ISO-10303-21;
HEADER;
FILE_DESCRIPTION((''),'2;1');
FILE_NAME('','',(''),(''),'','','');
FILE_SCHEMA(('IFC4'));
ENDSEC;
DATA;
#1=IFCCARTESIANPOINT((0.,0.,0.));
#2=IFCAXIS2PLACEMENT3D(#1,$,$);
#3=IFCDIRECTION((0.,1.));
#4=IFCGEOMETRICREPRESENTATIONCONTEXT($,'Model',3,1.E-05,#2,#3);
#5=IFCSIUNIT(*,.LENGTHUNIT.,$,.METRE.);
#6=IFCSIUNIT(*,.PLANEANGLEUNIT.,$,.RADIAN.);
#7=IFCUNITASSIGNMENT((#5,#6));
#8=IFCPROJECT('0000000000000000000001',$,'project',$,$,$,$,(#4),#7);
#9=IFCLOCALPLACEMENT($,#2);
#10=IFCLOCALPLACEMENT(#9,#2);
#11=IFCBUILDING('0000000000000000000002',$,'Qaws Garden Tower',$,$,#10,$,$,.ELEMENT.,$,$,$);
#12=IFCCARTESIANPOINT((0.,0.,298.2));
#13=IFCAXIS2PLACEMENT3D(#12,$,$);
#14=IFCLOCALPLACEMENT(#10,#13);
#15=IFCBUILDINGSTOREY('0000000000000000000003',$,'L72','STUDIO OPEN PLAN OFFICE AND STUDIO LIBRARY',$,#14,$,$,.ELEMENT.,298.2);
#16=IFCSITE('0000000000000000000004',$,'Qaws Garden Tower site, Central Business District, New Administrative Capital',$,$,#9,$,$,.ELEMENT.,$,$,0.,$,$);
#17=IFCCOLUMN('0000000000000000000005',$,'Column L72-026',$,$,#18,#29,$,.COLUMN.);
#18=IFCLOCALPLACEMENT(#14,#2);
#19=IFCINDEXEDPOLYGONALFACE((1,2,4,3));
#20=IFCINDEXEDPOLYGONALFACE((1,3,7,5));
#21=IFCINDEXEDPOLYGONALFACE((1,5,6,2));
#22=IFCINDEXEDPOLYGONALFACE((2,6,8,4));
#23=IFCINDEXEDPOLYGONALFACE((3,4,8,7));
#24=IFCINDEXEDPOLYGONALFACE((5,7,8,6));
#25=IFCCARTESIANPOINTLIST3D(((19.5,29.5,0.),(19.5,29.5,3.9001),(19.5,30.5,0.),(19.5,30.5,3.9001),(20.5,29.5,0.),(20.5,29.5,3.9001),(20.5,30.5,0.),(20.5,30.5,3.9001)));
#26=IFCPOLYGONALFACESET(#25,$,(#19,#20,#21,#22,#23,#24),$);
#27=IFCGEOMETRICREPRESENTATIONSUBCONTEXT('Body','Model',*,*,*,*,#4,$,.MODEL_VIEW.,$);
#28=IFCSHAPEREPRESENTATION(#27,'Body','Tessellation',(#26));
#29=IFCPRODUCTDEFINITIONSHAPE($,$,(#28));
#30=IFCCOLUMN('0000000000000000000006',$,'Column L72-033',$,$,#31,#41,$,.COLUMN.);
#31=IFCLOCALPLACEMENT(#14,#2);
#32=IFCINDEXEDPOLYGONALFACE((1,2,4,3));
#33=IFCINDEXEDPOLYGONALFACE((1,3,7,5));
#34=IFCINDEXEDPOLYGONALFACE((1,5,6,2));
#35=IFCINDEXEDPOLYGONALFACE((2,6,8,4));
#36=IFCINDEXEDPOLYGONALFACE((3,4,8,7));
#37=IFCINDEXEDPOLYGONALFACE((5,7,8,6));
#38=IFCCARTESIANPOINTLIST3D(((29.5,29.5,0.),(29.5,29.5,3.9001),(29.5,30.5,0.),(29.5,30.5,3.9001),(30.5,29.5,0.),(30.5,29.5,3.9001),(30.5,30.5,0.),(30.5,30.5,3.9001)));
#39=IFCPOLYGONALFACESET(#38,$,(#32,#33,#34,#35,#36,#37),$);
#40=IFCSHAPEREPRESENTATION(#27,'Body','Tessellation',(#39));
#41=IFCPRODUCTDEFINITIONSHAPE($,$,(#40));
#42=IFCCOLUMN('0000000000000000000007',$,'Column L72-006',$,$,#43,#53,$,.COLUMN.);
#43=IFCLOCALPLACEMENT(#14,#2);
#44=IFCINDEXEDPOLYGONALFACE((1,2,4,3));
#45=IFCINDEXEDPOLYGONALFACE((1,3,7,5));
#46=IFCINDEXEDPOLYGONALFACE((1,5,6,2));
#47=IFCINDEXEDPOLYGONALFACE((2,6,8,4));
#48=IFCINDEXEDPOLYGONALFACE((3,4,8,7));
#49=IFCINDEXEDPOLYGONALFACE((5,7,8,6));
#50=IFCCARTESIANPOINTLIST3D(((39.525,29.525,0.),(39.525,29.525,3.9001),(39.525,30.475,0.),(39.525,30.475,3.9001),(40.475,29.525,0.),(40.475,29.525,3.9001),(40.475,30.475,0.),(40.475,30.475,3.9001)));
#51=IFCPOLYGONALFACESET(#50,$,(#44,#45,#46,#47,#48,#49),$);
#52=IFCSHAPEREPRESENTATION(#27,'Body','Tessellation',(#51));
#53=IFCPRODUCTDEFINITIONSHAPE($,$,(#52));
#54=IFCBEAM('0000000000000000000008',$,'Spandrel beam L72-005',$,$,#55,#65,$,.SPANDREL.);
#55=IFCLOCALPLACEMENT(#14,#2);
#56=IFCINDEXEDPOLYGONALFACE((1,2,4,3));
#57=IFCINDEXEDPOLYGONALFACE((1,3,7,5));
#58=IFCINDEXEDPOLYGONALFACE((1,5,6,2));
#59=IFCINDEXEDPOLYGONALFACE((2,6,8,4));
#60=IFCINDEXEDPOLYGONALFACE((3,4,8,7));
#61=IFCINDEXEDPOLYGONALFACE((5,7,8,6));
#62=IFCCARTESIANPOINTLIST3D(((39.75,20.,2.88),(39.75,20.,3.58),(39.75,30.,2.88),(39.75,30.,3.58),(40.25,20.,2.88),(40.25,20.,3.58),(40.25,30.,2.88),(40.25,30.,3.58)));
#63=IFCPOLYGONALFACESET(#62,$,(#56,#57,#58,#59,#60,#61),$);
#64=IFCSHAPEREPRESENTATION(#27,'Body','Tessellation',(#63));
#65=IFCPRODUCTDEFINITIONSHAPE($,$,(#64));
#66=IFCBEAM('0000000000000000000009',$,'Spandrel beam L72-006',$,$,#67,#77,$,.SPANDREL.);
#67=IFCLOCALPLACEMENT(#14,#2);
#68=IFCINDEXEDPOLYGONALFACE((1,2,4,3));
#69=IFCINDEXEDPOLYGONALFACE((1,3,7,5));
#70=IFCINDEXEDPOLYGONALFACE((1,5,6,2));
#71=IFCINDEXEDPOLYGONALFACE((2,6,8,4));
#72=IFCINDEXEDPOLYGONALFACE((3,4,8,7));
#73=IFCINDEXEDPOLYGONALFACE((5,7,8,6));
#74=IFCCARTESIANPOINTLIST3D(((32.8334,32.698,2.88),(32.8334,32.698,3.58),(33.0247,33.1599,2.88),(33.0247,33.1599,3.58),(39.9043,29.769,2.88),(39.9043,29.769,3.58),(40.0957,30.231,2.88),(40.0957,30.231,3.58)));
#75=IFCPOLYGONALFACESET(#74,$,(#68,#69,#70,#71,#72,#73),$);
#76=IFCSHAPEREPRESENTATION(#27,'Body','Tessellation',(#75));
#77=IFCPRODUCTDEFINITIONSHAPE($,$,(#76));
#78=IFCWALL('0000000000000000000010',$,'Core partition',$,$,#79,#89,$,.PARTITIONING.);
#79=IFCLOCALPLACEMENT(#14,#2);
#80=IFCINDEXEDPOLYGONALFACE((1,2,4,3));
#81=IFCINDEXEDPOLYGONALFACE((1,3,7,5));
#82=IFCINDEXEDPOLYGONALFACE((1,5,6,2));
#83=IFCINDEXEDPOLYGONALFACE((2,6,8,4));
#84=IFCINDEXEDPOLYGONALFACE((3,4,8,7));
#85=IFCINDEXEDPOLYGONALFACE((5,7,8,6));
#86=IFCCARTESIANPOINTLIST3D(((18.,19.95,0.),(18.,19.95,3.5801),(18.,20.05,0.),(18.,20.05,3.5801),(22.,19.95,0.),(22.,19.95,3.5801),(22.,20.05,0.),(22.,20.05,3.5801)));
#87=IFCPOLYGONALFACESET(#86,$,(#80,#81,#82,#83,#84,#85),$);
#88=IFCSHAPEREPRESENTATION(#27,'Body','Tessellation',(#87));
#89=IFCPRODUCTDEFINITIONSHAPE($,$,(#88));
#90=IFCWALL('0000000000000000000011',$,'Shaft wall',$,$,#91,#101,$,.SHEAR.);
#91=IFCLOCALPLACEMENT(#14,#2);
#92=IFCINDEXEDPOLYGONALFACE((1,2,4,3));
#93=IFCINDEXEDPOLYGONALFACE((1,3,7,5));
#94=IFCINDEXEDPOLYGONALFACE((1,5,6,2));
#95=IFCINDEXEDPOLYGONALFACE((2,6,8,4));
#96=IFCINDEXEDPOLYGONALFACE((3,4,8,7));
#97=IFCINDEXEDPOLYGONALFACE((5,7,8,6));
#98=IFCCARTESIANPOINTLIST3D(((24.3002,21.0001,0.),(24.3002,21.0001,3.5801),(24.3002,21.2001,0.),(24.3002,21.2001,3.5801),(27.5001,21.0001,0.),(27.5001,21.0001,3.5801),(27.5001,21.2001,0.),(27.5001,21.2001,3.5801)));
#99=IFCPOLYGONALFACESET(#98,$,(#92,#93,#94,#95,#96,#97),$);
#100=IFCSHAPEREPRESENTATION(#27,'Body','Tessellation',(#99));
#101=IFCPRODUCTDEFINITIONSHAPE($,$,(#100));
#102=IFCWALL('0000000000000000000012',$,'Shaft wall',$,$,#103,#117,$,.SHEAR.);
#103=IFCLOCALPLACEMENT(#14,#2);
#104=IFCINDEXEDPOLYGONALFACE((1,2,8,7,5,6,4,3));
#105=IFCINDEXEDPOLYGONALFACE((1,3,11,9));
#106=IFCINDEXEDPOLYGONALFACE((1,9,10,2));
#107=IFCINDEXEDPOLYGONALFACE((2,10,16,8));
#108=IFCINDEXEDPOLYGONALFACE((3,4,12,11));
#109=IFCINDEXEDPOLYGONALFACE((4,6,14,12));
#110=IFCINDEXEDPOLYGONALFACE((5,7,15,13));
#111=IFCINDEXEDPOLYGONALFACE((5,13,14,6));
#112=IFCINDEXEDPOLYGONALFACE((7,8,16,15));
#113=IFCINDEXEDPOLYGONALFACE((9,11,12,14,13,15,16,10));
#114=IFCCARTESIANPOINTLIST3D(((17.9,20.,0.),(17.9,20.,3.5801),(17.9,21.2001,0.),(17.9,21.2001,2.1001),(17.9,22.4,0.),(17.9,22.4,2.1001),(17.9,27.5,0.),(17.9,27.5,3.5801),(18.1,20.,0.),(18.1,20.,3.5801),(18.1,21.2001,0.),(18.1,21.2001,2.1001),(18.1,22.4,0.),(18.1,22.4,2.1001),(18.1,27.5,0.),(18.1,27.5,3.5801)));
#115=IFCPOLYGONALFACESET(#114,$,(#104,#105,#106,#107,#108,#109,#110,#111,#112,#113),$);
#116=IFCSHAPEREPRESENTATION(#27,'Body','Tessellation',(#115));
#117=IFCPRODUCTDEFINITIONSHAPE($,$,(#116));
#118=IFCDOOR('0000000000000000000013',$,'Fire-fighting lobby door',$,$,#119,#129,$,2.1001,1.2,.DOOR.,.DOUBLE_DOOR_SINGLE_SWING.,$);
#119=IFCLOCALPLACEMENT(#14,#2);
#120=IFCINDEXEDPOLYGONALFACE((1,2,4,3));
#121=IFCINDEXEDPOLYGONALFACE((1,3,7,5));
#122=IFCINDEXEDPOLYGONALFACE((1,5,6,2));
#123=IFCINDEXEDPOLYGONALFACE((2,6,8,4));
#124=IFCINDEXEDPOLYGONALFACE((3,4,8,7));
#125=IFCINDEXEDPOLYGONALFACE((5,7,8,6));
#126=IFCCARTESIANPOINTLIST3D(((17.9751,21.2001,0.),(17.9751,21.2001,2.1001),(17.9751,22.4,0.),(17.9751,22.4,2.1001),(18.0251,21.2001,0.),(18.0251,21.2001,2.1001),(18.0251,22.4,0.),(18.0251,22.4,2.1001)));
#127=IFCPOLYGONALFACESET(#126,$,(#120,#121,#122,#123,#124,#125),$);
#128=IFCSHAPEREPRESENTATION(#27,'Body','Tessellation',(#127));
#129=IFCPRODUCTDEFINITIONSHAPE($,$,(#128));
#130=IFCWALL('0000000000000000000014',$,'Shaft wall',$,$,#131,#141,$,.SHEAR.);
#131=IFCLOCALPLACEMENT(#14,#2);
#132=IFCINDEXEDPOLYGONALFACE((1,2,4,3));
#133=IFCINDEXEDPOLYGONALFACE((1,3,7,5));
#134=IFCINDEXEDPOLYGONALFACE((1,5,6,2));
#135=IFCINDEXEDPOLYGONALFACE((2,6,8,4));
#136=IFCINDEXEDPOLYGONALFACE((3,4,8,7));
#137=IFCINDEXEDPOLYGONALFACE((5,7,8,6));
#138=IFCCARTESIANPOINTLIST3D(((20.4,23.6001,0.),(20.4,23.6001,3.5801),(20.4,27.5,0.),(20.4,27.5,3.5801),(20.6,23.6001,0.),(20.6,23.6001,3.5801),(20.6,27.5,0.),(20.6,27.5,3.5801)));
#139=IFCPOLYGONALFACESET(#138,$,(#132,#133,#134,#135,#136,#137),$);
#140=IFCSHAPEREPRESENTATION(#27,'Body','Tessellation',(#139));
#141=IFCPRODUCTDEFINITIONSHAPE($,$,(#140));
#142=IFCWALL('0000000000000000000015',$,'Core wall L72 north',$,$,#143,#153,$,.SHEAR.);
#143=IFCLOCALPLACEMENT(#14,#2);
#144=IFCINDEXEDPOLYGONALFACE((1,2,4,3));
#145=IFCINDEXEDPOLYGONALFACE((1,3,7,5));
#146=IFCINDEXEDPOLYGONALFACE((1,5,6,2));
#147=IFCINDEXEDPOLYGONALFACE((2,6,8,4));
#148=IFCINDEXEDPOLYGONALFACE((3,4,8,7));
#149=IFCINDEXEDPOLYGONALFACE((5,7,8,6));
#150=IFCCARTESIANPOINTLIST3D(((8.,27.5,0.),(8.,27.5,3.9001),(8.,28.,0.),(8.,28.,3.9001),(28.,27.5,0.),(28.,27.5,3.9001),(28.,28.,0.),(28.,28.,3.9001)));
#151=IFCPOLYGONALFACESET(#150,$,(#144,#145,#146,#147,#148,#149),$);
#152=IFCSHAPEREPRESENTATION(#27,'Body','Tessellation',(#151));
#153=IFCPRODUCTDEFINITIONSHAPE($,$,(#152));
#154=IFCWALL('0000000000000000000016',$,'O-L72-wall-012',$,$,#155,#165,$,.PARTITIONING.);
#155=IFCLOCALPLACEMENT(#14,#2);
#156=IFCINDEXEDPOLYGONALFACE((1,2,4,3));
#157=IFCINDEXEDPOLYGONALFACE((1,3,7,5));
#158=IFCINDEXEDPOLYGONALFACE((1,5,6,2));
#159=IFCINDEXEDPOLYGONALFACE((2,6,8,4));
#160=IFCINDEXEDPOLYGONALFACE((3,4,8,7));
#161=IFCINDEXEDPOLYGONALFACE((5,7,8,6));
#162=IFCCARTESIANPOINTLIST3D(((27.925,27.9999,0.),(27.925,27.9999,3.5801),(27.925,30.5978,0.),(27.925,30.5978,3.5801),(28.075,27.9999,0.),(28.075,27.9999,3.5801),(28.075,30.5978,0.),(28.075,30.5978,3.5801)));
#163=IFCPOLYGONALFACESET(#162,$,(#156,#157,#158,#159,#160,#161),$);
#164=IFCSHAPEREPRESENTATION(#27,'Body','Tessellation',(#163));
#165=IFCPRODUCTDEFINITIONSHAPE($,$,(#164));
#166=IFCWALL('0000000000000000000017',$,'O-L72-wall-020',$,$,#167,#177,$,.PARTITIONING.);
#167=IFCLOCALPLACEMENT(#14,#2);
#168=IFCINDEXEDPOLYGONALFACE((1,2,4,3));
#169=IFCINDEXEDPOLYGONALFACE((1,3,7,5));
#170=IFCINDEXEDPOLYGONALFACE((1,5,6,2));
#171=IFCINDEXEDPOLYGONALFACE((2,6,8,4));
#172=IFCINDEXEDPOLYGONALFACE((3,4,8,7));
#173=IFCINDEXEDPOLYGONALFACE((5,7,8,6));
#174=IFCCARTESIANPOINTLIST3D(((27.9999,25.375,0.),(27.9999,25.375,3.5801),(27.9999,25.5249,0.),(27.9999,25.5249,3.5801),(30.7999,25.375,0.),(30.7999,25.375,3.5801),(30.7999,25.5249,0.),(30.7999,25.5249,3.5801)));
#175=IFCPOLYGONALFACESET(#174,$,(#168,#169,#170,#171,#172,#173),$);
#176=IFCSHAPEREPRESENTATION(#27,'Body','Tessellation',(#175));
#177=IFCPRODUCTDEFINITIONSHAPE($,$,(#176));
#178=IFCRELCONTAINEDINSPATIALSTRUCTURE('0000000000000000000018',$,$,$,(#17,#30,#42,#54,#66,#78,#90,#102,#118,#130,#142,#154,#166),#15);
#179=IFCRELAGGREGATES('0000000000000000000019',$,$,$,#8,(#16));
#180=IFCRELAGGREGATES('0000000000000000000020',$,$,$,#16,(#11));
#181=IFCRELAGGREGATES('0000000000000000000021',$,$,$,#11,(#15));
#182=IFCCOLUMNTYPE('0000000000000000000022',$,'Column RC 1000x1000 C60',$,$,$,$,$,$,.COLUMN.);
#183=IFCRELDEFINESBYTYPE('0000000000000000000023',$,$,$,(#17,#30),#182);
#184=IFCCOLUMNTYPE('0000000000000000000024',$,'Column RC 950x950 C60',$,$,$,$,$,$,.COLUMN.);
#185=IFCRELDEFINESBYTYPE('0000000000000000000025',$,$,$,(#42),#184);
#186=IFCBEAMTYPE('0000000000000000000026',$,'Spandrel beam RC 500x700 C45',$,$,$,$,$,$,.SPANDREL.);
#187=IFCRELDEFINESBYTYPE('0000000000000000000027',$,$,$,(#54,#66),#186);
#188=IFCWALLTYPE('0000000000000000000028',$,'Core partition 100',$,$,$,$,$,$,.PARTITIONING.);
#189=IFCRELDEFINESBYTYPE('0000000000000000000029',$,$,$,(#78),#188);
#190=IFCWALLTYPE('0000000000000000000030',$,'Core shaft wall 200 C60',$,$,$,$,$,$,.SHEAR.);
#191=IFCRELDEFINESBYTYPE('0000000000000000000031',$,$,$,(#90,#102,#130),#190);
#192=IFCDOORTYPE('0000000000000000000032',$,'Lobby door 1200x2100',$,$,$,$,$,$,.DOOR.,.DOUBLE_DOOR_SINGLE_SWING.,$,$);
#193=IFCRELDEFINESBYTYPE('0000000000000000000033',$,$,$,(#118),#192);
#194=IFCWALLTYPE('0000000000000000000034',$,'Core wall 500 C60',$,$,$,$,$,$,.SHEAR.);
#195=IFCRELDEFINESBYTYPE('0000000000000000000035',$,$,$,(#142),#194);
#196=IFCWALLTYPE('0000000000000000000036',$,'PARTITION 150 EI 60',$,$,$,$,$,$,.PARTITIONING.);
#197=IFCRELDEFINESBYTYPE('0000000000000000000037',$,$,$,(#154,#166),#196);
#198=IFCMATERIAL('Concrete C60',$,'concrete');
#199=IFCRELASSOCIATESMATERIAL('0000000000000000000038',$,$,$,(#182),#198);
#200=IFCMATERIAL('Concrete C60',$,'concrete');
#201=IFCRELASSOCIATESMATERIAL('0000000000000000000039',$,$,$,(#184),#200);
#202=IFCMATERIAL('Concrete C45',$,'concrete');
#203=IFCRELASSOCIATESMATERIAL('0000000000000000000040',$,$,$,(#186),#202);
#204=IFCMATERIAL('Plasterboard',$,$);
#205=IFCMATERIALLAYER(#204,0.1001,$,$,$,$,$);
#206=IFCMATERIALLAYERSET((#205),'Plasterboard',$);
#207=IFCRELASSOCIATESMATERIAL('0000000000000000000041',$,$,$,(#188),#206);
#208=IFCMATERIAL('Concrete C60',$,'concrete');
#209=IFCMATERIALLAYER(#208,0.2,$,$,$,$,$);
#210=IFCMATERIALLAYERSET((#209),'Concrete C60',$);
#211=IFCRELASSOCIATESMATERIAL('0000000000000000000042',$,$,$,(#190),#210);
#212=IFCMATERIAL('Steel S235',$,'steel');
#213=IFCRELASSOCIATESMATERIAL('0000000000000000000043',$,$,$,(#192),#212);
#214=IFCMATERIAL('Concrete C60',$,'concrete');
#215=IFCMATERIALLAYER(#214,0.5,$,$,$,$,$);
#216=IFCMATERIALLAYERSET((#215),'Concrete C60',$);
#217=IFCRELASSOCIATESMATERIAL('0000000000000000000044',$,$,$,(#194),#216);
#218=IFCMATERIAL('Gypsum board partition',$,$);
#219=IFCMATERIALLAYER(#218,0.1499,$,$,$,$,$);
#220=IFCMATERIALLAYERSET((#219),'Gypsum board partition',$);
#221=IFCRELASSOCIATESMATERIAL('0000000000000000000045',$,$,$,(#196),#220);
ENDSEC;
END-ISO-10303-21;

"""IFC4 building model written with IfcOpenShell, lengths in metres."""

from ifc_helpers import new_model, si_unit, direction, frame, frame_2d, origin, origin_2d, place, context, subcontext, project, spatial, rectangle, extrude, material, layer, layer_set, material_profile, profile_set, type_object, element, fill, save


model = new_model("IFC4")

# Units and contexts
model_context = context("Model", 3, precision=1e-05, world=origin(), true_north=direction((0.0, 1.0)))
body_context = subcontext(model_context, "Body", "Model", "MODEL_VIEW")
ifc_project = project(units=[si_unit("LENGTHUNIT", "METRE"), si_unit("PLANEANGLEUNIT", "RADIAN")], contexts=[model_context])

# Site, building, storey
site_placement = place(None, origin())
site = spatial("IfcSite", under=ifc_project, at=site_placement, Name="Qaws Garden Tower site, Central Business District, New Administrative Capital", CompositionType="ELEMENT", RefElevation=0.0)
building_placement = place(site_placement, origin())
building = spatial("IfcBuilding", under=site, at=building_placement, Name="Qaws Garden Tower", CompositionType="ELEMENT")
storey_placement = place(building_placement, frame((0.0, 0.0, 298.2)))
storey = spatial("IfcBuildingStorey", under=building, at=storey_placement, Name="L72", Description="STUDIO OPEN PLAN OFFICE AND STUDIO LIBRARY", CompositionType="ELEMENT", Elevation=298.2)

# Columns
ifc_material_1 = material(Name="Concrete C60", Category="concrete")
ifc_material_profile_1 = material_profile(ifc_material_1, rectangle(XDim=1.0, YDim=1.0, at=origin_2d()), Name="RC 1000x1000")
ifc_profile_set_1 = profile_set([ifc_material_profile_1], Name="Concrete C60")
column_type_1 = type_object("IfcColumnType", Name="Column RC 1000x1000 C60", PredefinedType="COLUMN", material=ifc_profile_set_1)
for number, where, z_axis, x_axis, name in (
    (1, (20.0, 30.0, 0.0), (0.0, 0.0, 1.0), (1.0, 0.0, 0.0), "Column L72-026"),
    (2, (30.0, 30.0, 0.0), (0.0, 0.0, 1.0), (1.0, 0.0, 0.0), "Column L72-033"),
):
    element("IfcColumn", number, at=place(storey_placement, frame(where, z_axis=z_axis, x_axis=x_axis)), inside=storey, type_object=column_type_1, Name=name, PredefinedType="COLUMN", context=body_context, shape_type="SweptSolid", body=[
        extrude(rectangle(XDim=1.0, YDim=1.0, at=origin_2d()), origin(), (0.0, 0.0, 1.0), 3.9001),
    ])
ifc_material_2 = material(Name="Concrete C60", Category="concrete")
ifc_material_profile_2 = material_profile(ifc_material_2, rectangle(XDim=0.95, YDim=0.95, at=origin_2d()), Name="RC 950x950")
ifc_profile_set_2 = profile_set([ifc_material_profile_2], Name="Concrete C60")
column_type_2 = type_object("IfcColumnType", Name="Column RC 950x950 C60", PredefinedType="COLUMN", material=ifc_profile_set_2)
column_placement = place(storey_placement, frame((40.0, 30.0, 0.0), z_axis=(0.0, 0.0, 1.0), x_axis=(1.0, 0.0, 0.0)))
element("IfcColumn", 3, at=column_placement, inside=storey, type_object=column_type_2, Name="Column L72-006", PredefinedType="COLUMN", context=body_context, shape_type="SweptSolid", body=[
    extrude(rectangle(XDim=0.95, YDim=0.95, at=origin_2d()), origin(), (0.0, 0.0, 1.0), 3.9001),
])

# Beams
ifc_material_3 = material(Name="Concrete C45", Category="concrete")
ifc_material_profile_3 = material_profile(ifc_material_3, rectangle(XDim=0.5, YDim=0.7, at=origin_2d()), Name="RC 500x700")
ifc_profile_set_3 = profile_set([ifc_material_profile_3], Name="Concrete C45")
beam_type = type_object("IfcBeamType", Name="Spandrel beam RC 500x700 C45", PredefinedType="SPANDREL", material=ifc_profile_set_3)
beam_1_placement = place(storey_placement, frame((40.0, 20.0, 3.23), z_axis=(0.0, 1.0, 0.0), x_axis=(-1.0, 0.0, 0.0)))
element("IfcBeam", 4, at=beam_1_placement, inside=storey, type_object=beam_type, Name="Spandrel beam L72-005", PredefinedType="SPANDREL", context=body_context, shape_type="SweptSolid", body=[
    extrude(rectangle(XDim=0.5, YDim=0.7, at=origin_2d()), origin(), (0.0, 0.0, 1.0), 10.0),
])
beam_2_placement = place(storey_placement, frame((40.0, 30.0, 3.23), z_axis=(-0.923878, 0.382687, 0.0), x_axis=(-0.382687, -0.923878, 0.0)))
element("IfcBeam", 5, at=beam_2_placement, inside=storey, type_object=beam_type, Name="Spandrel beam L72-006", PredefinedType="SPANDREL", context=body_context, shape_type="SweptSolid", body=[
    extrude(rectangle(XDim=0.5, YDim=0.7, at=origin_2d()), origin(), (0.0, 0.0, 1.0), 7.6536),
])

# Walls
ifc_material_4 = material(Name="Plasterboard")
ifc_layer_1 = layer(ifc_material_4, 0.1001)
ifc_layer_set_1 = layer_set([ifc_layer_1], Name="Plasterboard")
wall_type_1 = type_object("IfcWallType", Name="Core partition 100", PredefinedType="PARTITIONING", material=ifc_layer_set_1)
wall_1_placement = place(storey_placement, frame((18.0, 20.0, 0.0), z_axis=(0.0, 0.0, 1.0), x_axis=(1.0, 0.0, 0.0)))
element("IfcWall", 6, at=wall_1_placement, inside=storey, type_object=wall_type_1, Name="Core partition", PredefinedType="PARTITIONING", context=body_context, shape_type="SweptSolid", body=[
    extrude(rectangle(XDim=4.0, YDim=0.1001, at=frame_2d((2.0, 0.0))), origin(), (0.0, 0.0, 1.0), 3.5801),
])
ifc_material_5 = material(Name="Concrete C60", Category="concrete")
ifc_layer_2 = layer(ifc_material_5, 0.2)
ifc_layer_set_2 = layer_set([ifc_layer_2], Name="Concrete C60")
wall_type_2 = type_object("IfcWallType", Name="Core shaft wall 200 C60", PredefinedType="SHEAR", material=ifc_layer_set_2)
wall_2_placement = place(storey_placement, frame((24.3, 21.1001, 0.0), z_axis=(0.0, 0.0, 1.0), x_axis=(1.0, 0.0, 0.0)))
element("IfcWall", 7, at=wall_2_placement, inside=storey, type_object=wall_type_2, Name="Shaft wall", PredefinedType="SHEAR", context=body_context, shape_type="SweptSolid", body=[
    extrude(rectangle(XDim=3.2, YDim=0.2, at=frame_2d((1.6001, 0.0))), origin(), (0.0, 0.0, 1.0), 3.5801),
])

# Wall, opening, door
wall_3_placement = place(storey_placement, frame((18.0, 20.0, 0.0), z_axis=(0.0, 0.0, 1.0), x_axis=(0.0, 1.0, 0.0)))
wall_3 = element("IfcWall", 8, at=wall_3_placement, inside=storey, type_object=wall_type_2, Name="Shaft wall", PredefinedType="SHEAR", context=body_context, shape_type="SweptSolid", body=[
    extrude(rectangle(XDim=7.5, YDim=0.2, at=frame_2d((3.75, 0.0))), origin(), (0.0, 0.0, 1.0), 3.5801),
])
opening_placement = place(wall_3_placement, frame((1.2, 0.0, 0.0)))
opening = element("IfcOpeningElement", 9, at=opening_placement, cuts=wall_3, PredefinedType="OPENING", context=body_context, shape_type="SweptSolid", body=[
    extrude(rectangle(XDim=1.2, YDim=2.1001, at=frame_2d((0.6001, 1.05))), frame((0.0, 0.1099, 0.0), z_axis=(0.0, -1.0, 0.0), x_axis=(1.0, 0.0, 0.0)), (0.0, 0.0, 1.0), 0.22),
])
ifc_material_6 = material(Name="Steel S235", Category="steel")
door_type = type_object("IfcDoorType", Name="Lobby door 1200x2100", OperationType="DOUBLE_DOOR_SINGLE_SWING", PredefinedType="DOOR", material=ifc_material_6)
door_placement = place(opening_placement, origin())
door = element("IfcDoor", 10, at=door_placement, inside=storey, type_object=door_type, Name="Fire-fighting lobby door", OperationType="DOUBLE_DOOR_SINGLE_SWING", OverallHeight=2.1001, OverallWidth=1.2, PredefinedType="DOOR", context=body_context, shape_type="SweptSolid", body=[
    extrude(rectangle(XDim=1.2, YDim=2.1001, at=frame_2d((0.6001, 1.05))), frame((0.0, 0.0249, 0.0), z_axis=(0.0, -1.0, 0.0), x_axis=(1.0, 0.0, 0.0)), (0.0, 0.0, 1.0), 0.05),
])
fill(opening, door)

# Walls
wall_4_placement = place(storey_placement, frame((20.5, 23.6001, 0.0), z_axis=(0.0, 0.0, 1.0), x_axis=(0.0, 1.0, 0.0)))
element("IfcWall", 11, at=wall_4_placement, inside=storey, type_object=wall_type_2, Name="Shaft wall", PredefinedType="SHEAR", context=body_context, shape_type="SweptSolid", body=[
    extrude(rectangle(XDim=3.8999, YDim=0.2, at=frame_2d((1.95, 0.0))), origin(), (0.0, 0.0, 1.0), 3.5801),
])
ifc_material_7 = material(Name="Concrete C60", Category="concrete")
ifc_layer_3 = layer(ifc_material_7, 0.5)
ifc_layer_set_3 = layer_set([ifc_layer_3], Name="Concrete C60")
wall_type_3 = type_object("IfcWallType", Name="Core wall 500 C60", PredefinedType="SHEAR", material=ifc_layer_set_3)
wall_5_placement = place(storey_placement, frame((28.0, 27.75, 0.0), z_axis=(0.0, 0.0, 1.0), x_axis=(-1.0, 0.0, 0.0)))
element("IfcWall", 12, at=wall_5_placement, inside=storey, type_object=wall_type_3, Name="Core wall L72 north", PredefinedType="SHEAR", context=body_context, shape_type="SweptSolid", body=[
    extrude(rectangle(XDim=20.0, YDim=0.5, at=frame_2d((10.0, 0.0))), origin(), (0.0, 0.0, 1.0), 3.9001),
])
ifc_material_8 = material(Name="Gypsum board partition")
ifc_layer_4 = layer(ifc_material_8, 0.1499)
ifc_layer_set_4 = layer_set([ifc_layer_4], Name="Gypsum board partition")
wall_type_4 = type_object("IfcWallType", Name="PARTITION 150 EI 60", PredefinedType="PARTITIONING", material=ifc_layer_set_4)
wall_6_placement = place(storey_placement, frame((28.0, 28.0, 0.0), z_axis=(0.0, 0.0, 1.0), x_axis=(0.0, 1.0, 0.0)))
element("IfcWall", 13, at=wall_6_placement, inside=storey, type_object=wall_type_4, Name="O-L72-wall-012", PredefinedType="PARTITIONING", context=body_context, shape_type="SweptSolid", body=[
    extrude(rectangle(XDim=2.5979, YDim=0.1499, at=frame_2d((1.2988, 0.0))), origin(), (0.0, 0.0, 1.0), 3.5801),
])
wall_7_placement = place(storey_placement, frame((28.0, 25.45, 0.0), z_axis=(0.0, 0.0, 1.0), x_axis=(1.0, 0.0, 0.0)))
element("IfcWall", 14, at=wall_7_placement, inside=storey, type_object=wall_type_4, Name="O-L72-wall-020", PredefinedType="PARTITIONING", context=body_context, shape_type="SweptSolid", body=[
    extrude(rectangle(XDim=2.8, YDim=0.1499, at=frame_2d((1.3999, 0.0))), origin(), (0.0, 0.0, 1.0), 3.5801),
])

save(model, "model.ifc")
